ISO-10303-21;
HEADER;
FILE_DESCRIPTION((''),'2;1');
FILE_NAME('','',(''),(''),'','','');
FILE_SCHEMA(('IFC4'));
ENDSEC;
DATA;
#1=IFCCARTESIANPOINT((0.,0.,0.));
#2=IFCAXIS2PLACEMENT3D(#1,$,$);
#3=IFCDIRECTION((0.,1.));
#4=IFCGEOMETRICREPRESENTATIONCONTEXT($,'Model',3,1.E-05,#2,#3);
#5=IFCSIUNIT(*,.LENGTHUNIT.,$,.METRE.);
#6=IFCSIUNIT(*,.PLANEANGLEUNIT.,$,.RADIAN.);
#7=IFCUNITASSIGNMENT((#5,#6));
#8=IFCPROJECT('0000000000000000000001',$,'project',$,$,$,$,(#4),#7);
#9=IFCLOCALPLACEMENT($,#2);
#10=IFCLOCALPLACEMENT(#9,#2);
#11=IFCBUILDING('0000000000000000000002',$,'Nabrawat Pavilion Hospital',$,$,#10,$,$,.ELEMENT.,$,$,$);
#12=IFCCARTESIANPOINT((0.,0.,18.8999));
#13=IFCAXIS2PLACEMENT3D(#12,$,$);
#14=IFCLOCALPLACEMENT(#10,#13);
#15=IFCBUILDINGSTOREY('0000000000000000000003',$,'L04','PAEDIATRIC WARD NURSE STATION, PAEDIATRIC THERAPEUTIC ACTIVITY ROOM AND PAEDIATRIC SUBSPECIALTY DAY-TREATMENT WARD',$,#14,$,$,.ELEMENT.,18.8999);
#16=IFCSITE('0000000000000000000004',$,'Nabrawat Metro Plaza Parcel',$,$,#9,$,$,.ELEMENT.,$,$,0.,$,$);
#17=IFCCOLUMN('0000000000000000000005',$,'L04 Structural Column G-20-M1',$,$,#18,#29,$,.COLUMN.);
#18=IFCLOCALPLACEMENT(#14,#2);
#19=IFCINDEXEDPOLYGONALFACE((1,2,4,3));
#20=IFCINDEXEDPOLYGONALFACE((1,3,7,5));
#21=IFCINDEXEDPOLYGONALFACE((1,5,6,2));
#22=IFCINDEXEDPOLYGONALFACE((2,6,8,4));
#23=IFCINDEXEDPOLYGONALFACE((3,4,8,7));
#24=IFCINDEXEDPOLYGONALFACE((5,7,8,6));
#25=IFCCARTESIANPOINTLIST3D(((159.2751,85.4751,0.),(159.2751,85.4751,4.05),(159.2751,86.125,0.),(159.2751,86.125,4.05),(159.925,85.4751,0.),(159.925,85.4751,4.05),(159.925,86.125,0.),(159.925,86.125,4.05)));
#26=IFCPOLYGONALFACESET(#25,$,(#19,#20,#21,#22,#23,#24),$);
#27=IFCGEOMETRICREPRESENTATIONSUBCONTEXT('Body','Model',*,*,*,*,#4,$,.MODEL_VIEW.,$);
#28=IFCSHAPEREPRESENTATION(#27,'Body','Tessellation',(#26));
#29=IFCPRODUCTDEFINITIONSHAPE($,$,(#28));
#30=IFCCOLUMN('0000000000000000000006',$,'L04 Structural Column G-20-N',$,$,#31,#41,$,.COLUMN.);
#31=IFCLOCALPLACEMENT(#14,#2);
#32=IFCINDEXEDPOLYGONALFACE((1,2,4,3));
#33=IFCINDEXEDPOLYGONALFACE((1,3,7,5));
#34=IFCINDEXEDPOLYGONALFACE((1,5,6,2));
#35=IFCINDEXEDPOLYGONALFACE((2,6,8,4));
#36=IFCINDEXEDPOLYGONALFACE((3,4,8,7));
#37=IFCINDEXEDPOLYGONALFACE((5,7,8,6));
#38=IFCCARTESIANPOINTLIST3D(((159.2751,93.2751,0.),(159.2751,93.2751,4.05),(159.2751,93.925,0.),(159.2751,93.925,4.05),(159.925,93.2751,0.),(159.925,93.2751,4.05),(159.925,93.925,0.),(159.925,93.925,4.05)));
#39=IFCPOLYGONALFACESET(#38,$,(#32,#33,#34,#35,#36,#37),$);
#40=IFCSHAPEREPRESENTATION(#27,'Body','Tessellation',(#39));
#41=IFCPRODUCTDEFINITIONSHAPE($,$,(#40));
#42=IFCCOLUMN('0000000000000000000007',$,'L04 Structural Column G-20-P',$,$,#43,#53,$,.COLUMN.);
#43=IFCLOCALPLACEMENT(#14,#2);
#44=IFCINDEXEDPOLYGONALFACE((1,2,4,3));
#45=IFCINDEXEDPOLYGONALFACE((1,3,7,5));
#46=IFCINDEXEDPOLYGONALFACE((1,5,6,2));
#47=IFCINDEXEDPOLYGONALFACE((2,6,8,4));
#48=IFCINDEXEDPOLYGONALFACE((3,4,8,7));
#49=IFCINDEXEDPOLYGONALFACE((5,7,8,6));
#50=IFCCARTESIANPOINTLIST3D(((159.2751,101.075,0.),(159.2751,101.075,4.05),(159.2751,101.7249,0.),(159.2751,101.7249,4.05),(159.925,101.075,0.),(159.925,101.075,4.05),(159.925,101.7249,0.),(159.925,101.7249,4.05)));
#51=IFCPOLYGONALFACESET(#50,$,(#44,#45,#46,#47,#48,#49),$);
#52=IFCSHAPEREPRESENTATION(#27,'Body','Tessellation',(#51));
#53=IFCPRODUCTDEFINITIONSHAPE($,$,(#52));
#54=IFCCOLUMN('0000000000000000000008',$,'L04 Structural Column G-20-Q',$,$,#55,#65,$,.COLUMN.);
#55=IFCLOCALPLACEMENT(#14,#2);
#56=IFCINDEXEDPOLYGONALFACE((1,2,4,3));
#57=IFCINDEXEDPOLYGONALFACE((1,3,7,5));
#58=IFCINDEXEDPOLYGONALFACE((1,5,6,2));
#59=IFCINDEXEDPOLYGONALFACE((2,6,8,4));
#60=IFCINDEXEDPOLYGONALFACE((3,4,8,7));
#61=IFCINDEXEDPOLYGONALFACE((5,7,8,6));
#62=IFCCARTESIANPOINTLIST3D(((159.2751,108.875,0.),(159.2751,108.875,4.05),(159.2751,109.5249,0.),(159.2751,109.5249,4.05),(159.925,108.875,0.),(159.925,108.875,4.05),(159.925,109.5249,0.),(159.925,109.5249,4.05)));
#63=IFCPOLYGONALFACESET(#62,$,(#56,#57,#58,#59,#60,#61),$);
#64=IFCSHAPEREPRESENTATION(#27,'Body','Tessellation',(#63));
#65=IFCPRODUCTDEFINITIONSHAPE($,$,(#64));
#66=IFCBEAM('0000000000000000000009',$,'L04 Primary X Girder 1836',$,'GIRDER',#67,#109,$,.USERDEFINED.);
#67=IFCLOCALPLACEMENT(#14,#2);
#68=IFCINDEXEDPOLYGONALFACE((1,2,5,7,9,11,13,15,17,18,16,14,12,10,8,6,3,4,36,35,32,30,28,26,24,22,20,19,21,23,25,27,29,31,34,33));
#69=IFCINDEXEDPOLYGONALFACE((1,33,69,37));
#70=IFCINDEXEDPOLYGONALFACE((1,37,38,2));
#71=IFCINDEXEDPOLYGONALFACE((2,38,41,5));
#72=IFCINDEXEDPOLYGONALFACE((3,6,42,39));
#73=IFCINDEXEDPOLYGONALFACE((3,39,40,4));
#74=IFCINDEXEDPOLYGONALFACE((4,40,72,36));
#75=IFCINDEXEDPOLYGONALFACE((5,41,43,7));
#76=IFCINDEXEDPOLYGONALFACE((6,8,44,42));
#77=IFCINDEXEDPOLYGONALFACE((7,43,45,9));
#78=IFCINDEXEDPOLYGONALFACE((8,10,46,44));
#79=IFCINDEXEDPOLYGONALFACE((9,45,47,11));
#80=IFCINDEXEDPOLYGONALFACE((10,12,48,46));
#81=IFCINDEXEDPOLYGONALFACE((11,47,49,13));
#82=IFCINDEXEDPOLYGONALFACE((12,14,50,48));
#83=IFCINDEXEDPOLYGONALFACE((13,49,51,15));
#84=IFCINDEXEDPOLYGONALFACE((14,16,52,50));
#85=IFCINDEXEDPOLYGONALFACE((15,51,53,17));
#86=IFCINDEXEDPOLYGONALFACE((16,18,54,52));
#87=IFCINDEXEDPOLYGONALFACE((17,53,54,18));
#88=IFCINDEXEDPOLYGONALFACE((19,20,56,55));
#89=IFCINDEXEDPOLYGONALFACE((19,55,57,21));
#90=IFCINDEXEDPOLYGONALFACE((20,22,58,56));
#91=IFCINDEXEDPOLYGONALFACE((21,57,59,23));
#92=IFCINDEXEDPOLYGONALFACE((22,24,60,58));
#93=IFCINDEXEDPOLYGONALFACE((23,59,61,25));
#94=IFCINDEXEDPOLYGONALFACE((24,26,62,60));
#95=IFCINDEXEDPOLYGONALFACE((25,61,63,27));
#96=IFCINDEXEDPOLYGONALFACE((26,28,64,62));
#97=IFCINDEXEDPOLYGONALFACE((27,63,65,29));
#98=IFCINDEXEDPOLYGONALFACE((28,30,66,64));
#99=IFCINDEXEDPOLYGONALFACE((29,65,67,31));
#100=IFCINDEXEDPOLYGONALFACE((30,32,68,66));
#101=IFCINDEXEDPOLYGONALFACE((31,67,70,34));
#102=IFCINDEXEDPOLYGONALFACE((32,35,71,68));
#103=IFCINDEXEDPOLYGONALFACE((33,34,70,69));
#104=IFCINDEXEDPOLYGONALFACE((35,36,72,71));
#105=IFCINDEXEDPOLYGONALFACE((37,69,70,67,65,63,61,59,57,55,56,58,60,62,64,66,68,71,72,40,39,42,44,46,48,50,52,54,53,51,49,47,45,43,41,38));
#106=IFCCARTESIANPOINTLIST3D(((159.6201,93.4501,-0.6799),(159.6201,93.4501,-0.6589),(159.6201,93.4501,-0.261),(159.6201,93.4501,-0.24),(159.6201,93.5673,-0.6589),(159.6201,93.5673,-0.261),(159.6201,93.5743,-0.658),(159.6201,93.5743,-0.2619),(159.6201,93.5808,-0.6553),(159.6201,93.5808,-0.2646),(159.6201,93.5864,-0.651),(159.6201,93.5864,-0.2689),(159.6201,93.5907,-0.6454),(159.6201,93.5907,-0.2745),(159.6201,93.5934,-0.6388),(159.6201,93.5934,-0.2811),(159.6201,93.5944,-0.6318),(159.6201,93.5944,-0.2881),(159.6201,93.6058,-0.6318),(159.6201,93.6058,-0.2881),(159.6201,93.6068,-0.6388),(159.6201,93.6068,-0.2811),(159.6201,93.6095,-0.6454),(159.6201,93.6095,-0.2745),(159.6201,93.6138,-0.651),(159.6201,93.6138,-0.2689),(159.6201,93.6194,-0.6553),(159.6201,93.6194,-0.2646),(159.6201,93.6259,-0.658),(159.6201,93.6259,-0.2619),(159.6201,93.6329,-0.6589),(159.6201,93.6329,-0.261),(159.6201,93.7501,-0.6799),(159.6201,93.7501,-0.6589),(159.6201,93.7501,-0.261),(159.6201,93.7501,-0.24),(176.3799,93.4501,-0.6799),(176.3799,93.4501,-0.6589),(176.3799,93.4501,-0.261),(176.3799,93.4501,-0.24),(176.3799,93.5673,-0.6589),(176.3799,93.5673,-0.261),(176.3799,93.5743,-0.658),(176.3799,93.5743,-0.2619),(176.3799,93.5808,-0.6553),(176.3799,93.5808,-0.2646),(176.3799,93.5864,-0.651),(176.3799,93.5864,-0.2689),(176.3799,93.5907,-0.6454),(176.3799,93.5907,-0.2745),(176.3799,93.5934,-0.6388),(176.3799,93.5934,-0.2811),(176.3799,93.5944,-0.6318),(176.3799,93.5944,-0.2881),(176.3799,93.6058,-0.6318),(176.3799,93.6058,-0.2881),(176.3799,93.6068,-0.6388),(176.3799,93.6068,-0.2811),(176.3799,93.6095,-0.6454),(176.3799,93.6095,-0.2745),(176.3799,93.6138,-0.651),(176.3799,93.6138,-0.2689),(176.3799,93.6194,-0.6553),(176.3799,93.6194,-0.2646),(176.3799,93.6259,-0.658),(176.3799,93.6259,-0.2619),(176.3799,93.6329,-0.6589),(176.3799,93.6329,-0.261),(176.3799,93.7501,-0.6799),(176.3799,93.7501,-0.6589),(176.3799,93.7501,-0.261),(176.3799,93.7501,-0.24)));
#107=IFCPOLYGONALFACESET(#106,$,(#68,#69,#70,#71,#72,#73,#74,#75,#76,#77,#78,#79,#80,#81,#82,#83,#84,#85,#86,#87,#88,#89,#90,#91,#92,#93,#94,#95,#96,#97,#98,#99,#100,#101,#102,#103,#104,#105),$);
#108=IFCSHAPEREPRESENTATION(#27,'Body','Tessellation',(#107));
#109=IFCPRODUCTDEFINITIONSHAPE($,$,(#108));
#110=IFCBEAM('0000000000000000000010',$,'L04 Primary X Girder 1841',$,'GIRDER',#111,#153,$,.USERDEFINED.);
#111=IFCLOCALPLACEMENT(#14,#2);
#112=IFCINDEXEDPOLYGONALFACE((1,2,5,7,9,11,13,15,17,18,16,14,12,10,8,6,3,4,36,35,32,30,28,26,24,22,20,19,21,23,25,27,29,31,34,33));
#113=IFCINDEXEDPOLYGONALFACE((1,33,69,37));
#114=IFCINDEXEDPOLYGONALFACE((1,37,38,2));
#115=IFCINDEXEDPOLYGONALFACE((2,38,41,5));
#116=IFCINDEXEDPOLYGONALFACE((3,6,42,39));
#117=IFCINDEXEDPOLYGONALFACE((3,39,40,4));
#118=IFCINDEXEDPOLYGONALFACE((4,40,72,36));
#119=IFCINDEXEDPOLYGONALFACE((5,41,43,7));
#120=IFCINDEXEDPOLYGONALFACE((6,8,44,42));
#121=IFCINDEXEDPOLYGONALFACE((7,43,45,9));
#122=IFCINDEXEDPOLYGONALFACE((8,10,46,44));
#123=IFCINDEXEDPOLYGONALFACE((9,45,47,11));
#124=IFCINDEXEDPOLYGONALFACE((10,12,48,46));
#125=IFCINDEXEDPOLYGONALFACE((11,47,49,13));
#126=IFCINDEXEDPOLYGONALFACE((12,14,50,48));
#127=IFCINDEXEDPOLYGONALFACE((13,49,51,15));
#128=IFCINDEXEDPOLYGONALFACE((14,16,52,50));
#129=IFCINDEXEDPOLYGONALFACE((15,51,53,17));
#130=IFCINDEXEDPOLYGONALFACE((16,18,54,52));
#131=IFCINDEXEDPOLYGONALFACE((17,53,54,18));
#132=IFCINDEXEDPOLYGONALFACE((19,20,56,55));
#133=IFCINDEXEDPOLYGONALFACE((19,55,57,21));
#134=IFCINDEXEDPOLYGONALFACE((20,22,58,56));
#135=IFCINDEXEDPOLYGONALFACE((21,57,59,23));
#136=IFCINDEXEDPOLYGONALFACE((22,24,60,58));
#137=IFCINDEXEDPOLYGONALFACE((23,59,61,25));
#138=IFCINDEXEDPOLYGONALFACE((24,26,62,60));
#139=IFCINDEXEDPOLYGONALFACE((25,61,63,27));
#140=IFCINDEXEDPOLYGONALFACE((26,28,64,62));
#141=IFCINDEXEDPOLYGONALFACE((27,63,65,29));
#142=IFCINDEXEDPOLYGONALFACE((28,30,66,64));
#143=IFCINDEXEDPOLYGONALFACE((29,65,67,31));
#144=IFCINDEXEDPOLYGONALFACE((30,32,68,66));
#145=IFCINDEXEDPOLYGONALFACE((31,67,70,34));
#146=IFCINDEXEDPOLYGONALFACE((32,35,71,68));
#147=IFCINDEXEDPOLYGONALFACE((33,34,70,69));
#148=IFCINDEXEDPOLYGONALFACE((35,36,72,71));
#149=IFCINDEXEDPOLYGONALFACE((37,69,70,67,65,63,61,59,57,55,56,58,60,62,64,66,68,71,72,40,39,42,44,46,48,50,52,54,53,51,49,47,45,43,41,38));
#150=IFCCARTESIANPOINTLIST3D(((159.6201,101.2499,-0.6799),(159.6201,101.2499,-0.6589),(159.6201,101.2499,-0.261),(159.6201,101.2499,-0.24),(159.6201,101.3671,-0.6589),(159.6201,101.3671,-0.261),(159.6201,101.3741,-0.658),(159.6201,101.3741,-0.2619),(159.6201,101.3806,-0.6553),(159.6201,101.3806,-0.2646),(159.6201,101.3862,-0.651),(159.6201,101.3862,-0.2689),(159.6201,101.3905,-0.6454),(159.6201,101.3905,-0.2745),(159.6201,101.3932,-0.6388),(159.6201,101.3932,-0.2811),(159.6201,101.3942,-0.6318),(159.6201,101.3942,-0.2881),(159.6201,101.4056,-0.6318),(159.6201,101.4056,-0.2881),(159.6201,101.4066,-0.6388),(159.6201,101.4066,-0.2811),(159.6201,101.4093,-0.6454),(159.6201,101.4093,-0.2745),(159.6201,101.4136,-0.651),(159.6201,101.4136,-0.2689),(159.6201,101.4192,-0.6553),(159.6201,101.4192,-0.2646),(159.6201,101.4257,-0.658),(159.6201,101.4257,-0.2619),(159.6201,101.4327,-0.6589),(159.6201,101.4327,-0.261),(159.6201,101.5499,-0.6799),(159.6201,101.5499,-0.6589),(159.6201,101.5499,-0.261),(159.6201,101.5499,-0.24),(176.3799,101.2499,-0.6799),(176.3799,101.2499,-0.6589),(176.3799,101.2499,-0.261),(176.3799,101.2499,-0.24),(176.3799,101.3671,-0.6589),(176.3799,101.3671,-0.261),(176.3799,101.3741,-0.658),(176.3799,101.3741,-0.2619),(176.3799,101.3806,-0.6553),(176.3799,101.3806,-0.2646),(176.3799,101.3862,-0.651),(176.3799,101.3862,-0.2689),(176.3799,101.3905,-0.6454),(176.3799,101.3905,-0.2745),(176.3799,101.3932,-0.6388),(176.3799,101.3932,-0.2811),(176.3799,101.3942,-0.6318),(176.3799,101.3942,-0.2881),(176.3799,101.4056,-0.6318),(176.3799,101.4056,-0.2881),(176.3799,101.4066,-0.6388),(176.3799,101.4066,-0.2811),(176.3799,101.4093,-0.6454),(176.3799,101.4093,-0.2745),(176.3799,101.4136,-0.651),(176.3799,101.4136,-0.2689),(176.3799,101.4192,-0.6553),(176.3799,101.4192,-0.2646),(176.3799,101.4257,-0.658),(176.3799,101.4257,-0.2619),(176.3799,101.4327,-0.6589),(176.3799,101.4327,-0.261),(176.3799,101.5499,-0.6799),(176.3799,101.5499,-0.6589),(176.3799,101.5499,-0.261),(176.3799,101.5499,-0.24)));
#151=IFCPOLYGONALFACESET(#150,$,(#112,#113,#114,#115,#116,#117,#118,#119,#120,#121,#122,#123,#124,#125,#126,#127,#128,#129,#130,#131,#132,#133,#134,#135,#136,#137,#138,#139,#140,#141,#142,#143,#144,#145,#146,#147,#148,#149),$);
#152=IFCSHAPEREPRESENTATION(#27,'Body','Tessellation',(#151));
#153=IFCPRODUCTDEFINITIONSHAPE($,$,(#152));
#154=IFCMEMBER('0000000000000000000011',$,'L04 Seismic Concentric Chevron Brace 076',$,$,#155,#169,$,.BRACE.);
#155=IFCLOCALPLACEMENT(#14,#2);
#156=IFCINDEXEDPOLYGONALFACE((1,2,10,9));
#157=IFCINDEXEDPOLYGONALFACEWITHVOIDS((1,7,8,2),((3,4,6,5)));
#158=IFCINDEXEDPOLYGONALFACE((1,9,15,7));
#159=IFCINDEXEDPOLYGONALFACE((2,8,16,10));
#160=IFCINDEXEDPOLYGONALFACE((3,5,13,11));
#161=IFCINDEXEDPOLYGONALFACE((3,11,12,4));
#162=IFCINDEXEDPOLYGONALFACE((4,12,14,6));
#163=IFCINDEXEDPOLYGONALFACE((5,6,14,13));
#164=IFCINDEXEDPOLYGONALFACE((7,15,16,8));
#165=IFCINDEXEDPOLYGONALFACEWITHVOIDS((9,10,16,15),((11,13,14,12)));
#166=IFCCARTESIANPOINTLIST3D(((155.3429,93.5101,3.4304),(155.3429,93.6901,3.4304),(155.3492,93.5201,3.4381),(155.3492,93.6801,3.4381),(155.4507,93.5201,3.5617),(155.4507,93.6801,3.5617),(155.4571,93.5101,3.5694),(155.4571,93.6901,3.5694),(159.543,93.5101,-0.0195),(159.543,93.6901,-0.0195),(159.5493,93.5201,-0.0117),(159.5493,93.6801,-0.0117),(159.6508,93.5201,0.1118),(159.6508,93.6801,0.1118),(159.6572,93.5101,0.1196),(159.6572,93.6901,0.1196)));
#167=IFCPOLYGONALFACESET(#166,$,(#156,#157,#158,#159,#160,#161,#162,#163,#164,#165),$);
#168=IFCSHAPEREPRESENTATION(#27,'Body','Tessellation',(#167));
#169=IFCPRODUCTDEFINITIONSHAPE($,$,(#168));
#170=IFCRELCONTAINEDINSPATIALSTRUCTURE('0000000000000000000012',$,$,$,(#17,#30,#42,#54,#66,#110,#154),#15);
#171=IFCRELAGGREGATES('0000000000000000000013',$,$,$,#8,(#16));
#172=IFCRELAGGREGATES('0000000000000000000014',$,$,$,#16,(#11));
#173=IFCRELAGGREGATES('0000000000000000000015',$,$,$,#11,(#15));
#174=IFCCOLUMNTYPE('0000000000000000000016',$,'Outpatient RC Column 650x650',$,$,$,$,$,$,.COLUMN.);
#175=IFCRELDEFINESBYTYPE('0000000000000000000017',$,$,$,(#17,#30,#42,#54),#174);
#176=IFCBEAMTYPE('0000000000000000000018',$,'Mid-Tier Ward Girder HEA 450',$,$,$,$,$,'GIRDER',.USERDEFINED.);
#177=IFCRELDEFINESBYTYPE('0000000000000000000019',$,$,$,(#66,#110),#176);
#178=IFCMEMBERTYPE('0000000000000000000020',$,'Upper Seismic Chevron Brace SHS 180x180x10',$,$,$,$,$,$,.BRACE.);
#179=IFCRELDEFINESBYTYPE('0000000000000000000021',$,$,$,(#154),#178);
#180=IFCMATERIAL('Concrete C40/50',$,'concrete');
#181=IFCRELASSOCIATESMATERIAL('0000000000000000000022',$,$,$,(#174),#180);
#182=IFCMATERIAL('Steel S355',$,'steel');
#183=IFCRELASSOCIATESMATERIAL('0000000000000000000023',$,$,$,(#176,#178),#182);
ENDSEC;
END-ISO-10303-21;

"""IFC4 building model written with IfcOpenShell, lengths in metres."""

from ifc_helpers import new_model, si_unit, direction, frame, origin, origin_2d, place, context, subcontext, project, spatial, rectangle, hollow_rectangle, i_section, extrude, material, material_profile, profile_set, type_object, element, save


model = new_model("IFC4")

# Units and contexts
model_context = context("Model", 3, precision=1e-05, world=origin(), true_north=direction((0.0, 1.0)))
body_context = subcontext(model_context, "Body", "Model", "MODEL_VIEW")
ifc_project = project(units=[si_unit("LENGTHUNIT", "METRE"), si_unit("PLANEANGLEUNIT", "RADIAN")], contexts=[model_context])

# Site, building, storey
site_placement = place(None, origin())
site = spatial("IfcSite", under=ifc_project, at=site_placement, Name="Nabrawat Metro Plaza Parcel", CompositionType="ELEMENT", RefElevation=0.0)
building_placement = place(site_placement, origin())
building = spatial("IfcBuilding", under=site, at=building_placement, Name="Nabrawat Pavilion Hospital", CompositionType="ELEMENT")
storey_placement = place(building_placement, frame((0.0, 0.0, 18.8999)))
storey = spatial("IfcBuildingStorey", under=building, at=storey_placement, Name="L04", Description="PAEDIATRIC WARD NURSE STATION, PAEDIATRIC THERAPEUTIC ACTIVITY ROOM AND PAEDIATRIC SUBSPECIALTY DAY-TREATMENT WARD", CompositionType="ELEMENT", Elevation=18.8999)

# Columns
ifc_material_1 = material(Name="Concrete C40/50", Category="concrete")
ifc_material_profile_1 = material_profile(ifc_material_1, rectangle(XDim=0.6499, YDim=0.6499, at=origin_2d()), Name="RC 650x650")
ifc_profile_set_1 = profile_set([ifc_material_profile_1], Name="Concrete C40/50")
column_type = type_object("IfcColumnType", Name="Outpatient RC Column 650x650", PredefinedType="COLUMN", material=ifc_profile_set_1)
for number, where, z_axis, x_axis, name in (
    (1, (159.6001, 85.8, 0.0), (0.0, 0.0, 1.0), (1.0, 0.0, 0.0), "L04 Structural Column G-20-M1"),
    (2, (159.6001, 93.6001, 0.0), (0.0, 0.0, 1.0), (1.0, 0.0, 0.0), "L04 Structural Column G-20-N"),
    (3, (159.6001, 101.3999, 0.0), (0.0, 0.0, 1.0), (1.0, 0.0, 0.0), "L04 Structural Column G-20-P"),
    (4, (159.6001, 109.2, 0.0), (0.0, 0.0, 1.0), (1.0, 0.0, 0.0), "L04 Structural Column G-20-Q"),
):
    element("IfcColumn", number, at=place(storey_placement, frame(where, z_axis=z_axis, x_axis=x_axis)), inside=storey, type_object=column_type, Name=name, PredefinedType="COLUMN", context=body_context, shape_type="SweptSolid", body=[
        extrude(rectangle(XDim=0.6499, YDim=0.6499, at=origin_2d()), origin(), (0.0, 0.0, 1.0), 4.05),
    ])

# Beams
ifc_material_2 = material(Name="Steel S355", Category="steel")
ifc_material_profile_2 = material_profile(ifc_material_2, i_section(OverallWidth=0.3, OverallDepth=0.4399, WebThickness=0.0115, FlangeThickness=0.021, FilletRadius=0.0271, at=origin_2d()), Name="HEA 450")
ifc_profile_set_2 = profile_set([ifc_material_profile_2], Name="Steel S355")
beam_type_1 = type_object("IfcBeamType", Name="Mid-Tier Ward Girder HEA 450", ElementType="GIRDER", PredefinedType="USERDEFINED", material=ifc_profile_set_2)
for number, where, z_axis, x_axis, name in (
    (5, (159.6201, 93.6001, -0.46), (1.0, 0.0, 0.0), (0.0, 1.0, 0.0), "L04 Primary X Girder 1836"),
    (6, (159.6201, 101.3999, -0.46), (1.0, 0.0, 0.0), (0.0, 1.0, 0.0), "L04 Primary X Girder 1841"),
):
    element("IfcBeam", number, at=place(storey_placement, frame(where, z_axis=z_axis, x_axis=x_axis)), inside=storey, type_object=beam_type_1, Name=name, ObjectType="GIRDER", PredefinedType="USERDEFINED", context=body_context, shape_type="SweptSolid", body=[
        extrude(i_section(OverallWidth=0.3, OverallDepth=0.4399, WebThickness=0.0115, FlangeThickness=0.021, FilletRadius=0.0271, at=origin_2d()), origin(), (0.0, 0.0, 1.0), 16.7598),
    ])

# Member
ifc_material_profile_3 = material_profile(ifc_material_2, hollow_rectangle(XDim=0.1799, YDim=0.1799, WallThickness=0.01, at=origin_2d()), Name="SHS 180x180x10")
ifc_profile_set_3 = profile_set([ifc_material_profile_3], Name="Steel S355")
member_type = type_object("IfcMemberType", Name="Upper Seismic Chevron Brace SHS 180x180x10", PredefinedType="BRACE", material=ifc_profile_set_3)
member_placement = place(storey_placement, frame((159.6001, 93.6001, 0.05), z_axis=(-0.772745, 0.0, 0.634716), x_axis=(0.0, -1.0, 0.0)))
element("IfcMember", 7, at=member_placement, inside=storey, type_object=member_type, Name="L04 Seismic Concentric Chevron Brace 076", PredefinedType="BRACE", context=body_context, shape_type="SweptSolid", body=[
    extrude(hollow_rectangle(XDim=0.1799, YDim=0.1799, WallThickness=0.01, at=origin_2d()), origin(), (0.0, 0.0, 1.0), 5.4353),
])

save(model, "model.ifc")
